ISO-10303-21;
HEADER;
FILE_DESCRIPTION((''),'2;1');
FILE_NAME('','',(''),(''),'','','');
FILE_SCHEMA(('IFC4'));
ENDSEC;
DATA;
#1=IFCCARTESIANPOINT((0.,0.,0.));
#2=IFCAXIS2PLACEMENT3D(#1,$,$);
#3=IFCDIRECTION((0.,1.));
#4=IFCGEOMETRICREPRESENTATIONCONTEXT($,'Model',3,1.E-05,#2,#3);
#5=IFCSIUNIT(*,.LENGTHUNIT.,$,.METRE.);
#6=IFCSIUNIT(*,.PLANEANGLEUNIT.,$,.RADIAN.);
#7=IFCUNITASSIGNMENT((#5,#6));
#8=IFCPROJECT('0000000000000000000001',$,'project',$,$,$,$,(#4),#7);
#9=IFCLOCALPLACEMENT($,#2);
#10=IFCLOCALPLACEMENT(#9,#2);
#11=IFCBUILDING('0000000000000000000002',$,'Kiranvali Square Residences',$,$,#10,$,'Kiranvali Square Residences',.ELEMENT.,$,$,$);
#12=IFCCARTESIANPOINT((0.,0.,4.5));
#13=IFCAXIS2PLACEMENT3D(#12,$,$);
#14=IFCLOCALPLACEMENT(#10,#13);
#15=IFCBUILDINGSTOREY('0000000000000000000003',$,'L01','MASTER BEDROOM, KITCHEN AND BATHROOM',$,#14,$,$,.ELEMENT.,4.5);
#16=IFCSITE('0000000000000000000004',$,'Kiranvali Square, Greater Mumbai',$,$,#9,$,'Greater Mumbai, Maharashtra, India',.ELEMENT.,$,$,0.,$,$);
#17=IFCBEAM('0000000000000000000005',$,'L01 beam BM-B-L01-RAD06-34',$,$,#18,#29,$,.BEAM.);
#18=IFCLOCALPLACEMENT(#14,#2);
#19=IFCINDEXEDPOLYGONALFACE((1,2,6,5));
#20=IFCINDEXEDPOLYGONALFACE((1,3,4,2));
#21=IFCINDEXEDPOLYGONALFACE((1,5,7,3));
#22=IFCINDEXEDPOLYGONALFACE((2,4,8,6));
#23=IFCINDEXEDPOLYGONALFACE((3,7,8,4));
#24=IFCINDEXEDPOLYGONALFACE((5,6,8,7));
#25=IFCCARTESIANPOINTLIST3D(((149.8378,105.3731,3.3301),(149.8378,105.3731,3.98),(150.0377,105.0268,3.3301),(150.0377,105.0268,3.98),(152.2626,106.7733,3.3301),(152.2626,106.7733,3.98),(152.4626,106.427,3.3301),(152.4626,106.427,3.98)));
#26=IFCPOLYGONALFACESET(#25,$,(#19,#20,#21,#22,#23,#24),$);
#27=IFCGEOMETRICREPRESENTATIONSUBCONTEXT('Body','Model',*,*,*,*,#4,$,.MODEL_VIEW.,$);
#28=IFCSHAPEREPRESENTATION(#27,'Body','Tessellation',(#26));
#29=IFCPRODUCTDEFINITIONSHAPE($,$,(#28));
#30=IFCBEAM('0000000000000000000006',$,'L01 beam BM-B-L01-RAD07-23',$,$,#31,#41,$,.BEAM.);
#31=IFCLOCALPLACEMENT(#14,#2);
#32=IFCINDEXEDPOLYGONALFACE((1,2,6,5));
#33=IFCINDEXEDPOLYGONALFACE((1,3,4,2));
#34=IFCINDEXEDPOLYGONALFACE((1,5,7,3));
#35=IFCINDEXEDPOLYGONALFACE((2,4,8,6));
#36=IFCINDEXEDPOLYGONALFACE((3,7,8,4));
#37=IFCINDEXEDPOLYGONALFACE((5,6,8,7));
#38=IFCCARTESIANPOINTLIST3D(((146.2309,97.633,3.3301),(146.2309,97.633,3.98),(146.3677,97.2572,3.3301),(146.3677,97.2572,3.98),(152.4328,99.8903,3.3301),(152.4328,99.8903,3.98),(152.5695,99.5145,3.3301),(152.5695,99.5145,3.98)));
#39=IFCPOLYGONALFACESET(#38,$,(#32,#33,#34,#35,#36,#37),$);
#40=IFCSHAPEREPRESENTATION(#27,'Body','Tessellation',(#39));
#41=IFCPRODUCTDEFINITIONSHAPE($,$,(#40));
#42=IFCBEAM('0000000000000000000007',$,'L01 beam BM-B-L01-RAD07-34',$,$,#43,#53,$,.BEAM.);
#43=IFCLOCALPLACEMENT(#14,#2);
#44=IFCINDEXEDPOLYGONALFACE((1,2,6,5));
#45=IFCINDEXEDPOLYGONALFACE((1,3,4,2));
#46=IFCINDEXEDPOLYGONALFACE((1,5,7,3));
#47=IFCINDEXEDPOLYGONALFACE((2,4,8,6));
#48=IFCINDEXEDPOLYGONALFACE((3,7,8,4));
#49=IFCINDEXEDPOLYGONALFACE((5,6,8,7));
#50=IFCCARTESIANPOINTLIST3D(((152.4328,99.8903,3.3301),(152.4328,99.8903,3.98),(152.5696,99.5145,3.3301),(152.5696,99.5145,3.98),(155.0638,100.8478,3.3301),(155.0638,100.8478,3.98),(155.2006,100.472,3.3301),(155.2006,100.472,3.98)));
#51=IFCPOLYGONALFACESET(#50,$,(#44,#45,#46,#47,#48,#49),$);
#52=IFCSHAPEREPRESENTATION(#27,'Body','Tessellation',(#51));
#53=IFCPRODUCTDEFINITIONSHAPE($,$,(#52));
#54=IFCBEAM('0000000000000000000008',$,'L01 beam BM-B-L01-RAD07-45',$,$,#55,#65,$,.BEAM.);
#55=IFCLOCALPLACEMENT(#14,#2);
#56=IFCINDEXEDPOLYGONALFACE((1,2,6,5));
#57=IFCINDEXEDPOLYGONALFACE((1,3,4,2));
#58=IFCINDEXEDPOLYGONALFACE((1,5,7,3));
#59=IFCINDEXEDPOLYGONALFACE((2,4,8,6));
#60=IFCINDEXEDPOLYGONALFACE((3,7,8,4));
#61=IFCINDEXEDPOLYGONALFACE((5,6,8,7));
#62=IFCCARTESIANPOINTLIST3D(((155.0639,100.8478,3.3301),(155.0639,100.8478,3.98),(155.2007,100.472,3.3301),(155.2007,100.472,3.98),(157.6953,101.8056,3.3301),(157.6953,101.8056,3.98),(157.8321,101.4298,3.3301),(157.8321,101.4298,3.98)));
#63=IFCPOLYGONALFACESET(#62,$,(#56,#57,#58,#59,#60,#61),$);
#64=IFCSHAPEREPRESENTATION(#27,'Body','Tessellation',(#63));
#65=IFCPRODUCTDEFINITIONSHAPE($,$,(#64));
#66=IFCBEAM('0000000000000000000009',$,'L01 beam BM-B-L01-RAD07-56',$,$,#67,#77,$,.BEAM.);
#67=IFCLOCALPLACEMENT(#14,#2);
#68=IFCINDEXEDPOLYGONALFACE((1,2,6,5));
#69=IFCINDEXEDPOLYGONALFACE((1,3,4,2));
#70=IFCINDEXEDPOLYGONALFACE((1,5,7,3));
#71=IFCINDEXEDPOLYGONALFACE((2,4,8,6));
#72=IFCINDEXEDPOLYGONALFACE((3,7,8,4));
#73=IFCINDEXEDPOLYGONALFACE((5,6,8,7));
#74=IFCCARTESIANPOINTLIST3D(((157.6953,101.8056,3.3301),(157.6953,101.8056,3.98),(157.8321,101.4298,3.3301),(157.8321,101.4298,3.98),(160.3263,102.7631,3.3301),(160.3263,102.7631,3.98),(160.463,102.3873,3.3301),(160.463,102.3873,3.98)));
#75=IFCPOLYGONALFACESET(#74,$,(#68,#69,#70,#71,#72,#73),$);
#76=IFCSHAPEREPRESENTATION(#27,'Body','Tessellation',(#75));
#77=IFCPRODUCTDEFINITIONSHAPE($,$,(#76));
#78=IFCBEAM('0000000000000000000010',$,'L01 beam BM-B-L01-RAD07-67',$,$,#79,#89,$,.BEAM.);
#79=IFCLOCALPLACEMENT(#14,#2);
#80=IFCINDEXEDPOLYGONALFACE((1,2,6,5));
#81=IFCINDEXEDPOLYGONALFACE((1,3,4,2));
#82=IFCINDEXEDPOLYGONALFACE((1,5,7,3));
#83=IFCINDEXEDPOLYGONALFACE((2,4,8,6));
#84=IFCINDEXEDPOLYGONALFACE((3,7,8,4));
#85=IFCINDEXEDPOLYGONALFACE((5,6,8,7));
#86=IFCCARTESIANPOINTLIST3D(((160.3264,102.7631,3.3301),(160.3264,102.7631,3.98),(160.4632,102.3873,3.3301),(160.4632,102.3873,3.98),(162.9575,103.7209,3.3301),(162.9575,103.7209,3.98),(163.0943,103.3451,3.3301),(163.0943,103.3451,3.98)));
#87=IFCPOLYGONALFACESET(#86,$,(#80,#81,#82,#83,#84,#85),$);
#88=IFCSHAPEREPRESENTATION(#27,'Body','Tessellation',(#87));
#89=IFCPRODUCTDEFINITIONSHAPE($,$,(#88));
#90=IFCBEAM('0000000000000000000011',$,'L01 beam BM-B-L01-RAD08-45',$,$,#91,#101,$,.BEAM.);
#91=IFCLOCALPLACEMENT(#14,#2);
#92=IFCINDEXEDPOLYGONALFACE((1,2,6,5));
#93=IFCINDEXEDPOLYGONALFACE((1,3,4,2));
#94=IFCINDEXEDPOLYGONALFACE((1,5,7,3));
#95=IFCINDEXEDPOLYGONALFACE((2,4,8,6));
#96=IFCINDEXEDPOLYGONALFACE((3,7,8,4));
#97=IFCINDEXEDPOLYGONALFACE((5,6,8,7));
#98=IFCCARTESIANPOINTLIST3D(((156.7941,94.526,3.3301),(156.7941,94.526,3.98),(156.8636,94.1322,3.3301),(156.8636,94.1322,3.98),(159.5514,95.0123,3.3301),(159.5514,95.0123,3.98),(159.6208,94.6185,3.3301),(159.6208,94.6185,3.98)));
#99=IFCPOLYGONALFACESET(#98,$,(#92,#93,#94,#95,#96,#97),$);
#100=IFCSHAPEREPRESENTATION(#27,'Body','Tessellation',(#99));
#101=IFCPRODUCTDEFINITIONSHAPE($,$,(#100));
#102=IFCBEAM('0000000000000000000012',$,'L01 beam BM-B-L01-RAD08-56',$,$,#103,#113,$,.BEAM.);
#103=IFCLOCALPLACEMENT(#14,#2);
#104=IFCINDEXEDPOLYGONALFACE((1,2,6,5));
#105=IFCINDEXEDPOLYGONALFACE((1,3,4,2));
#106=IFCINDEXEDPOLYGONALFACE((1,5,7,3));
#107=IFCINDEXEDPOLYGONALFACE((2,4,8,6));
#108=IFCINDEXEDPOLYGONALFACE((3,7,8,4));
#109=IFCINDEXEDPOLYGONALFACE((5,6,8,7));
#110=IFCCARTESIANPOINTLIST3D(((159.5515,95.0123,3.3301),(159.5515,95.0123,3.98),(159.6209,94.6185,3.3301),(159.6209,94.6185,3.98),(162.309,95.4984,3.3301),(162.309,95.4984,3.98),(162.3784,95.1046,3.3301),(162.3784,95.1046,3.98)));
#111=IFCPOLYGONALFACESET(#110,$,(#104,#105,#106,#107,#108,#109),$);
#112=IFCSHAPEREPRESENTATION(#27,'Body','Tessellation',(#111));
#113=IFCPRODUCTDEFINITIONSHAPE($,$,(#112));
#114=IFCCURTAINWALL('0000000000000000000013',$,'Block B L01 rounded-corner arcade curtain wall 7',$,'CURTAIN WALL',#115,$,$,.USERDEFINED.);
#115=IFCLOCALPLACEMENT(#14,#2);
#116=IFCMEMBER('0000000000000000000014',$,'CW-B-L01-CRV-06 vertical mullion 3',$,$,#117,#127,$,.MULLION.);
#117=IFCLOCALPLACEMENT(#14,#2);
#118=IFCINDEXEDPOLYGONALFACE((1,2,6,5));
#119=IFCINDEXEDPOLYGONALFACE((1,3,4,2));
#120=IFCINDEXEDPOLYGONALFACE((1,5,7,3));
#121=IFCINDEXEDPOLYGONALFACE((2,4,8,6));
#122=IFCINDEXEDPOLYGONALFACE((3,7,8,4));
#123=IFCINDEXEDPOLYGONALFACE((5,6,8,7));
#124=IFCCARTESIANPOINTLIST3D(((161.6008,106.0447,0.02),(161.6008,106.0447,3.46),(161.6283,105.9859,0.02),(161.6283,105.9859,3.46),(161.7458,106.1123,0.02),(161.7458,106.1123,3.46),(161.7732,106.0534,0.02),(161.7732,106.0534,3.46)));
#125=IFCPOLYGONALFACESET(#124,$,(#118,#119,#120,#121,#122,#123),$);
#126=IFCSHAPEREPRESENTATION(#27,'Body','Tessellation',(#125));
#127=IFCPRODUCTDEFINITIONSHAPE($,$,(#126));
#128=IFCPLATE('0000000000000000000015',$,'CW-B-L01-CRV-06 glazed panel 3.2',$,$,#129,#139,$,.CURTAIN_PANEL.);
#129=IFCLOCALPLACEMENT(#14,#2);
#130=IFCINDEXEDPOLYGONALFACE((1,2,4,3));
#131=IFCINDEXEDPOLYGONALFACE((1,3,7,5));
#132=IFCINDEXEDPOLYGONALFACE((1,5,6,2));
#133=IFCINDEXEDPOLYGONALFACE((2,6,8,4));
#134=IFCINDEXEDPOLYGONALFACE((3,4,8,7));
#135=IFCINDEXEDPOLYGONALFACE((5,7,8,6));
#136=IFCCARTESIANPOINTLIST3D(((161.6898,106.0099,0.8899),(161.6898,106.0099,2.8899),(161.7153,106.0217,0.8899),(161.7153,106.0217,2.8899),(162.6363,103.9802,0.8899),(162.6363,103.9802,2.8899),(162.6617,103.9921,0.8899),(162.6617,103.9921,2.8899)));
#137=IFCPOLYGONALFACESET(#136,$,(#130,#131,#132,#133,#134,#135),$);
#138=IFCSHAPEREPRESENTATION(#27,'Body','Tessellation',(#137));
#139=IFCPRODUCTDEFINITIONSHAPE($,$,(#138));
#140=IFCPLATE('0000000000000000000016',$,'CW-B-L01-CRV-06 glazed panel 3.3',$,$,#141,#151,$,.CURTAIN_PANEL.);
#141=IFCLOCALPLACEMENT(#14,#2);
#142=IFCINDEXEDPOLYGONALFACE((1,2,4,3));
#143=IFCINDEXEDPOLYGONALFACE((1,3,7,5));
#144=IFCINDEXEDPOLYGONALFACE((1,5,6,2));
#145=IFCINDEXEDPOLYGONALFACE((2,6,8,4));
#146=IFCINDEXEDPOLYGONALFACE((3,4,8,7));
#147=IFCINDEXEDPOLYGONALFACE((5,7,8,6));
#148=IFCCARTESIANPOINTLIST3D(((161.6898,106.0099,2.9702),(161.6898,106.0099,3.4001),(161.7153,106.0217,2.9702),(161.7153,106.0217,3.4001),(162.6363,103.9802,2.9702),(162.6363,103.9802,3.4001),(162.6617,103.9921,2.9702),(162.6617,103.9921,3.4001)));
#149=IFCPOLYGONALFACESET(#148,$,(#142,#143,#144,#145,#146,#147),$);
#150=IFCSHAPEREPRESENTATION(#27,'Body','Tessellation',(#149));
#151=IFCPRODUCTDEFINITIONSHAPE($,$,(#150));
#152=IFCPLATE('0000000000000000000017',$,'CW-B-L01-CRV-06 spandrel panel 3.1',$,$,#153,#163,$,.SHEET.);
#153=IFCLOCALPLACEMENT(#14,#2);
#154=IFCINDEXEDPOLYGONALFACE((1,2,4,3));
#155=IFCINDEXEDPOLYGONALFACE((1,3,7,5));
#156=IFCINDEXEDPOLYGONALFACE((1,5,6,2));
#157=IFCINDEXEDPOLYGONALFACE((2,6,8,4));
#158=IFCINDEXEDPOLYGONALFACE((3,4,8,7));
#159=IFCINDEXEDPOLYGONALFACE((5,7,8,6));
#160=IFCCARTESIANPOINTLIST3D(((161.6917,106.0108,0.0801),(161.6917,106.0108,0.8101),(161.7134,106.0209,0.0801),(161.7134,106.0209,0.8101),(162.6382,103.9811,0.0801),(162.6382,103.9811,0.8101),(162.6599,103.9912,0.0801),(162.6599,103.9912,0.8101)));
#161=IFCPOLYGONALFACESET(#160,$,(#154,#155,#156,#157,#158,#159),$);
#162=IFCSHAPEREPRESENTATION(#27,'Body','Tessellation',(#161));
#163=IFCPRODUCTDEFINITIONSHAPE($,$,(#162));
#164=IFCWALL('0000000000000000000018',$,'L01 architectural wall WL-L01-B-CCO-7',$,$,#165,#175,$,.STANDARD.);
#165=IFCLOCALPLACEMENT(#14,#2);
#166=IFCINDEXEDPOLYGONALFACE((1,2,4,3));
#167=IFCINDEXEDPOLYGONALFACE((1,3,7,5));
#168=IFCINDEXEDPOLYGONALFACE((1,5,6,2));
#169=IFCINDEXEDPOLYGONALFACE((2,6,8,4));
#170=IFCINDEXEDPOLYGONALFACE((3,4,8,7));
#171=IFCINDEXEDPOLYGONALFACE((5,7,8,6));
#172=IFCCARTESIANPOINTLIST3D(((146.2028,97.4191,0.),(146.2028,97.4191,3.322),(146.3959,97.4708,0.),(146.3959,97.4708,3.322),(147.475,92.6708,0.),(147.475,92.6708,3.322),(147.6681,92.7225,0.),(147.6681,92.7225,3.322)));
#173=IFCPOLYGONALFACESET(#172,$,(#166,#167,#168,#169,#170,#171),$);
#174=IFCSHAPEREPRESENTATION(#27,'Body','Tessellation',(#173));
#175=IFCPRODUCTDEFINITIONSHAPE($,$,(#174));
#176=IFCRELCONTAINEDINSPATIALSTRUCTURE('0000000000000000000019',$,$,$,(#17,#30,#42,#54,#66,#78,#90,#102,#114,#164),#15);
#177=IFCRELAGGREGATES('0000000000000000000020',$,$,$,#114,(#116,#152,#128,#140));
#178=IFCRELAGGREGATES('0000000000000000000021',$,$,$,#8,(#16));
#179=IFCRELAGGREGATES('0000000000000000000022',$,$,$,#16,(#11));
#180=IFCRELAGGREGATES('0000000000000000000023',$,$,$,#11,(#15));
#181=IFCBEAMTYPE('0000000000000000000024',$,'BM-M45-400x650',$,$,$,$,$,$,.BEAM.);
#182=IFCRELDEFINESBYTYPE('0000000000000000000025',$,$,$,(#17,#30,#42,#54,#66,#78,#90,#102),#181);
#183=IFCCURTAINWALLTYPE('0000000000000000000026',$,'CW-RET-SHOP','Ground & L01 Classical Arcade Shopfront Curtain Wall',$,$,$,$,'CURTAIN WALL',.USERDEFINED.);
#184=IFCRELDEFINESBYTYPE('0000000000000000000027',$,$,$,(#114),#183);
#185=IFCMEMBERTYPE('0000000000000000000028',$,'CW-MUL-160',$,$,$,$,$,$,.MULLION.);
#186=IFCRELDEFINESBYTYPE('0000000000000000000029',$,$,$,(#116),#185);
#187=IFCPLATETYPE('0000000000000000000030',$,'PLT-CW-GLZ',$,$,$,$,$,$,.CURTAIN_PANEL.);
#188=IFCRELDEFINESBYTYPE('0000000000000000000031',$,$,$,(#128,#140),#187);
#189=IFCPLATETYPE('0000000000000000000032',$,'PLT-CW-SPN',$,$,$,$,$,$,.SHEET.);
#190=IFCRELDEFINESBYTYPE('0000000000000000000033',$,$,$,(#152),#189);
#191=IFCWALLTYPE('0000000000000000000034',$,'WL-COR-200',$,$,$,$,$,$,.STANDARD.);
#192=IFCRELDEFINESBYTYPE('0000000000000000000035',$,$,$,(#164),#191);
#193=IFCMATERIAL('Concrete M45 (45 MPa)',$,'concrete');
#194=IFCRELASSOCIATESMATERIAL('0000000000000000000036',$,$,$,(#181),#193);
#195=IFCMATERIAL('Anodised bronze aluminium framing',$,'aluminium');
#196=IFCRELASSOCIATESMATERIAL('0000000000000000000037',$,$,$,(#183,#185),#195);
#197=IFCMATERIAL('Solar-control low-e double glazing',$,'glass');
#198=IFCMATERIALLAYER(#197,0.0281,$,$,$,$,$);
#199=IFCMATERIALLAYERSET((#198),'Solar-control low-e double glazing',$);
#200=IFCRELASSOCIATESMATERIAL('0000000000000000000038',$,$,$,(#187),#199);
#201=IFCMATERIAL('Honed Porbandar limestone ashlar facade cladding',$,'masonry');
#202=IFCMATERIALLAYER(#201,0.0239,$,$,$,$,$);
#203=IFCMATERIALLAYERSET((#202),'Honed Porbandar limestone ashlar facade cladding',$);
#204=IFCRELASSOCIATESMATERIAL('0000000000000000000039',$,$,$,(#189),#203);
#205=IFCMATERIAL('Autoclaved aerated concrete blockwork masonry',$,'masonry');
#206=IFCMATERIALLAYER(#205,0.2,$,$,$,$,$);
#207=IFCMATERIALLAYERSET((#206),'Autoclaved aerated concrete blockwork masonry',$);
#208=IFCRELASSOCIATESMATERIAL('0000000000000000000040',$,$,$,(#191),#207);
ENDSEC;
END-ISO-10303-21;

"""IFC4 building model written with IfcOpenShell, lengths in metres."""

from ifc_helpers import new_model, si_unit, direction, frame, frame_2d, origin, origin_2d, place, context, subcontext, project, spatial, rectangle, extrude, material, layer, layer_set, material_profile, profile_set, type_object, element, aggregate, save


model = new_model("IFC4")

# Units and contexts
model_context = context("Model", 3, precision=1e-05, world=origin(), true_north=direction((0.0, 1.0)))
body_context = subcontext(model_context, "Body", "Model", "MODEL_VIEW")
ifc_project = project(units=[si_unit("LENGTHUNIT", "METRE"), si_unit("PLANEANGLEUNIT", "RADIAN")], contexts=[model_context])

# Site, building, storey
site_placement = place(None, origin())
site = spatial("IfcSite", under=ifc_project, at=site_placement, Name="Kiranvali Square, Greater Mumbai", LongName="Greater Mumbai, Maharashtra, India", CompositionType="ELEMENT", RefElevation=0.0)
building_placement = place(site_placement, origin())
building = spatial("IfcBuilding", under=site, at=building_placement, Name="Kiranvali Square Residences", LongName="Kiranvali Square Residences", CompositionType="ELEMENT")
storey_placement = place(building_placement, frame((0.0, 0.0, 4.5)))
storey = spatial("IfcBuildingStorey", under=building, at=storey_placement, Name="L01", Description="MASTER BEDROOM, KITCHEN AND BATHROOM", CompositionType="ELEMENT", Elevation=4.5)

# Shared definitions
ifc_material_1 = material(Name="Concrete M45 (45 MPa)", Category="concrete")

# Beams
ifc_material_profile_1 = material_profile(ifc_material_1, rectangle(XDim=0.3999, YDim=0.6499, at=origin_2d()), Name="RC 400x650")
ifc_profile_set_1 = profile_set([ifc_material_profile_1], Name="Concrete M45 (45 MPa)")
beam_type = type_object("IfcBeamType", Name="BM-M45-400x650", PredefinedType="BEAM", material=ifc_profile_set_1)
beam_1_placement = place(storey_placement, frame((149.9377, 105.2, 3.655), z_axis=(0.865997, 0.50005, 0.0), x_axis=(-0.50005, 0.865997, 0.0)))
element("IfcBeam", 1, at=beam_1_placement, inside=storey, type_object=beam_type, Name="L01 beam BM-B-L01-RAD06-34", PredefinedType="BEAM", context=body_context, shape_type="SweptSolid", body=[
    extrude(rectangle(XDim=0.3999, YDim=0.6499, at=origin_2d()), origin(), (0.0, 0.0, 1.0), 2.8),
])
beam_2_placement = place(storey_placement, frame((146.2993, 97.4451, 3.655), z_axis=(0.939692, 0.342022, 0.0), x_axis=(-0.342022, 0.939692, 0.0)))
element("IfcBeam", 2, at=beam_2_placement, inside=storey, type_object=beam_type, Name="L01 beam BM-B-L01-RAD07-23", PredefinedType="BEAM", context=body_context, shape_type="SweptSolid", body=[
    extrude(rectangle(XDim=0.3999, YDim=0.6499, at=origin_2d()), origin(), (0.0, 0.0, 1.0), 6.5999),
])
beam_3_placement = place(storey_placement, frame((152.5012, 99.7024, 3.655), z_axis=(0.939707, 0.341981, 0.0), x_axis=(-0.341981, 0.939707, 0.0)))
element("IfcBeam", 3, at=beam_3_placement, inside=storey, type_object=beam_type, Name="L01 beam BM-B-L01-RAD07-34", PredefinedType="BEAM", context=body_context, shape_type="SweptSolid", body=[
    extrude(rectangle(XDim=0.3999, YDim=0.6499, at=origin_2d()), origin(), (0.0, 0.0, 1.0), 2.7998),
])
beam_4_placement = place(storey_placement, frame((155.1323, 100.6599, 3.655), z_axis=(0.939689, 0.34203, 0.0), x_axis=(-0.34203, 0.939689, 0.0)))
element("IfcBeam", 4, at=beam_4_placement, inside=storey, type_object=beam_type, Name="L01 beam BM-B-L01-RAD07-45", PredefinedType="BEAM", context=body_context, shape_type="SweptSolid", body=[
    extrude(rectangle(XDim=0.3999, YDim=0.6499, at=origin_2d()), origin(), (0.0, 0.0, 1.0), 2.8003),
])
beam_5_placement = place(storey_placement, frame((157.7637, 101.6177, 3.655), z_axis=(0.939707, 0.341981, 0.0), x_axis=(-0.341981, 0.939707, 0.0)))
element("IfcBeam", 5, at=beam_5_placement, inside=storey, type_object=beam_type, Name="L01 beam BM-B-L01-RAD07-56", PredefinedType="BEAM", context=body_context, shape_type="SweptSolid", body=[
    extrude(rectangle(XDim=0.3999, YDim=0.6499, at=origin_2d()), origin(), (0.0, 0.0, 1.0), 2.7998),
])
beam_6_placement = place(storey_placement, frame((160.3948, 102.5752, 3.655), z_axis=(0.939679, 0.342058, 0.0), x_axis=(-0.342058, 0.939679, 0.0)))
element("IfcBeam", 6, at=beam_6_placement, inside=storey, type_object=beam_type, Name="L01 beam BM-B-L01-RAD07-67", PredefinedType="BEAM", context=body_context, shape_type="SweptSolid", body=[
    extrude(rectangle(XDim=0.3999, YDim=0.6499, at=origin_2d()), origin(), (0.0, 0.0, 1.0), 2.8),
])
beam_7_placement = place(storey_placement, frame((156.8289, 94.3291, 3.655), z_axis=(0.984799, 0.173696, 0.0), x_axis=(-0.173696, 0.984799, 0.0)))
element("IfcBeam", 7, at=beam_7_placement, inside=storey, type_object=beam_type, Name="L01 beam BM-B-L01-RAD08-45", PredefinedType="BEAM", context=body_context, shape_type="SweptSolid", body=[
    extrude(rectangle(XDim=0.3999, YDim=0.6499, at=origin_2d()), origin(), (0.0, 0.0, 1.0), 2.7998),
])
beam_8_placement = place(storey_placement, frame((159.5862, 94.8154, 3.655), z_axis=(0.984817, 0.173596, 0.0), x_axis=(-0.173596, 0.984817, 0.0)))
element("IfcBeam", 8, at=beam_8_placement, inside=storey, type_object=beam_type, Name="L01 beam BM-B-L01-RAD08-56", PredefinedType="BEAM", context=body_context, shape_type="SweptSolid", body=[
    extrude(rectangle(XDim=0.3999, YDim=0.6499, at=origin_2d()), origin(), (0.0, 0.0, 1.0), 2.8),
])

# Curtain wall, member, plates
ifc_material_2 = material(Name="Anodised bronze aluminium framing", Category="aluminium")
curtain_wall_type = type_object("IfcCurtainWallType", Name="CW-RET-SHOP", Description="Ground & L01 Classical Arcade Shopfront Curtain Wall", ElementType="CURTAIN WALL", PredefinedType="USERDEFINED", material=ifc_material_2)
curtain_wall_placement = place(storey_placement, origin())
curtain_wall = element("IfcCurtainWall", 9, at=curtain_wall_placement, inside=storey, type_object=curtain_wall_type, Name="Block B L01 rounded-corner arcade curtain wall 7", ObjectType="CURTAIN WALL", PredefinedType="USERDEFINED")
ifc_material_profile_2 = material_profile(ifc_material_2, rectangle(XDim=0.0649, YDim=0.1599, at=origin_2d()), Name="ALU 65x160")
ifc_profile_set_2 = profile_set([ifc_material_profile_2], Name="Anodised bronze aluminium framing")
member_type = type_object("IfcMemberType", Name="CW-MUL-160", PredefinedType="MULLION", material=ifc_profile_set_2)
member_placement = place(storey_placement, frame((161.687, 106.0491, 0.02), z_axis=(0.0, 0.0, 1.0), x_axis=(0.422618, -0.906308, 0.0)))
member = element("IfcMember", 10, at=member_placement, type_object=member_type, Name="CW-B-L01-CRV-06 vertical mullion 3", PredefinedType="MULLION", context=body_context, shape_type="SweptSolid", body=[
    extrude(rectangle(XDim=0.0649, YDim=0.1599, at=origin_2d()), origin(), (0.0, 0.0, 1.0), 3.4399),
])
ifc_material_3 = material(Name="Solar-control low-e double glazing", Category="glass")
ifc_layer_1 = layer(ifc_material_3, 0.0281)
ifc_layer_set_1 = layer_set([ifc_layer_1], Name="Solar-control low-e double glazing")
plate_type_1 = type_object("IfcPlateType", Name="PLT-CW-GLZ", PredefinedType="CURTAIN_PANEL", material=ifc_layer_set_1)
plate_1_placement = place(storey_placement, frame((162.1758, 105.001, 0.8899), z_axis=(0.0, 0.0, 1.0), x_axis=(0.422618, -0.906308, 0.0)))
plate_1 = element("IfcPlate", 11, at=plate_1_placement, type_object=plate_type_1, Name="CW-B-L01-CRV-06 glazed panel 3.2", PredefinedType="CURTAIN_PANEL", context=body_context, shape_type="SweptSolid", body=[
    extrude(rectangle(XDim=2.2395, YDim=0.0281, at=origin_2d()), origin(), (0.0, 0.0, 1.0), 2.0),
])
plate_2_placement = place(storey_placement, frame((162.1758, 105.001, 2.9702), z_axis=(0.0, 0.0, 1.0), x_axis=(0.422618, -0.906308, 0.0)))
plate_2 = element("IfcPlate", 12, at=plate_2_placement, type_object=plate_type_1, Name="CW-B-L01-CRV-06 glazed panel 3.3", PredefinedType="CURTAIN_PANEL", context=body_context, shape_type="SweptSolid", body=[
    extrude(rectangle(XDim=2.2395, YDim=0.0281, at=origin_2d()), origin(), (0.0, 0.0, 1.0), 0.4299),
])
ifc_material_4 = material(Name="Honed Porbandar limestone ashlar facade cladding", Category="masonry")
ifc_layer_2 = layer(ifc_material_4, 0.0239)
ifc_layer_set_2 = layer_set([ifc_layer_2], Name="Honed Porbandar limestone ashlar facade cladding")
plate_type_2 = type_object("IfcPlateType", Name="PLT-CW-SPN", PredefinedType="SHEET", material=ifc_layer_set_2)
plate_3_placement = place(storey_placement, frame((162.1758, 105.001, 0.0801), z_axis=(0.0, 0.0, 1.0), x_axis=(0.422618, -0.906308, 0.0)))
plate_3 = element("IfcPlate", 13, at=plate_3_placement, type_object=plate_type_2, Name="CW-B-L01-CRV-06 spandrel panel 3.1", PredefinedType="SHEET", context=body_context, shape_type="SweptSolid", body=[
    extrude(rectangle(XDim=2.2395, YDim=0.0239, at=origin_2d()), origin(), (0.0, 0.0, 1.0), 0.73),
])
aggregate(curtain_wall, [member, plate_3, plate_1, plate_2])

# Wall
ifc_material_5 = material(Name="Autoclaved aerated concrete blockwork masonry", Category="masonry")
ifc_layer_3 = layer(ifc_material_5, 0.2)
ifc_layer_set_3 = layer_set([ifc_layer_3], Name="Autoclaved aerated concrete blockwork masonry")
wall_type_1 = type_object("IfcWallType", Name="WL-COR-200", PredefinedType="STANDARD", material=ifc_layer_set_3)
wall_1_placement = place(storey_placement, frame((146.2993, 97.4451, 0.0), z_axis=(0.0, 0.0, 1.0), x_axis=(0.258803, -0.96593, 0.0)))
element("IfcWall", 14, at=wall_1_placement, inside=storey, type_object=wall_type_1, Name="L01 architectural wall WL-L01-B-CCO-7", PredefinedType="STANDARD", context=body_context, shape_type="SweptSolid", body=[
    extrude(rectangle(XDim=4.9158, YDim=0.2, at=frame_2d((2.458, 0.0))), origin(), (0.0, 0.0, 1.0), 3.322),
])

save(model, "model.ifc")
